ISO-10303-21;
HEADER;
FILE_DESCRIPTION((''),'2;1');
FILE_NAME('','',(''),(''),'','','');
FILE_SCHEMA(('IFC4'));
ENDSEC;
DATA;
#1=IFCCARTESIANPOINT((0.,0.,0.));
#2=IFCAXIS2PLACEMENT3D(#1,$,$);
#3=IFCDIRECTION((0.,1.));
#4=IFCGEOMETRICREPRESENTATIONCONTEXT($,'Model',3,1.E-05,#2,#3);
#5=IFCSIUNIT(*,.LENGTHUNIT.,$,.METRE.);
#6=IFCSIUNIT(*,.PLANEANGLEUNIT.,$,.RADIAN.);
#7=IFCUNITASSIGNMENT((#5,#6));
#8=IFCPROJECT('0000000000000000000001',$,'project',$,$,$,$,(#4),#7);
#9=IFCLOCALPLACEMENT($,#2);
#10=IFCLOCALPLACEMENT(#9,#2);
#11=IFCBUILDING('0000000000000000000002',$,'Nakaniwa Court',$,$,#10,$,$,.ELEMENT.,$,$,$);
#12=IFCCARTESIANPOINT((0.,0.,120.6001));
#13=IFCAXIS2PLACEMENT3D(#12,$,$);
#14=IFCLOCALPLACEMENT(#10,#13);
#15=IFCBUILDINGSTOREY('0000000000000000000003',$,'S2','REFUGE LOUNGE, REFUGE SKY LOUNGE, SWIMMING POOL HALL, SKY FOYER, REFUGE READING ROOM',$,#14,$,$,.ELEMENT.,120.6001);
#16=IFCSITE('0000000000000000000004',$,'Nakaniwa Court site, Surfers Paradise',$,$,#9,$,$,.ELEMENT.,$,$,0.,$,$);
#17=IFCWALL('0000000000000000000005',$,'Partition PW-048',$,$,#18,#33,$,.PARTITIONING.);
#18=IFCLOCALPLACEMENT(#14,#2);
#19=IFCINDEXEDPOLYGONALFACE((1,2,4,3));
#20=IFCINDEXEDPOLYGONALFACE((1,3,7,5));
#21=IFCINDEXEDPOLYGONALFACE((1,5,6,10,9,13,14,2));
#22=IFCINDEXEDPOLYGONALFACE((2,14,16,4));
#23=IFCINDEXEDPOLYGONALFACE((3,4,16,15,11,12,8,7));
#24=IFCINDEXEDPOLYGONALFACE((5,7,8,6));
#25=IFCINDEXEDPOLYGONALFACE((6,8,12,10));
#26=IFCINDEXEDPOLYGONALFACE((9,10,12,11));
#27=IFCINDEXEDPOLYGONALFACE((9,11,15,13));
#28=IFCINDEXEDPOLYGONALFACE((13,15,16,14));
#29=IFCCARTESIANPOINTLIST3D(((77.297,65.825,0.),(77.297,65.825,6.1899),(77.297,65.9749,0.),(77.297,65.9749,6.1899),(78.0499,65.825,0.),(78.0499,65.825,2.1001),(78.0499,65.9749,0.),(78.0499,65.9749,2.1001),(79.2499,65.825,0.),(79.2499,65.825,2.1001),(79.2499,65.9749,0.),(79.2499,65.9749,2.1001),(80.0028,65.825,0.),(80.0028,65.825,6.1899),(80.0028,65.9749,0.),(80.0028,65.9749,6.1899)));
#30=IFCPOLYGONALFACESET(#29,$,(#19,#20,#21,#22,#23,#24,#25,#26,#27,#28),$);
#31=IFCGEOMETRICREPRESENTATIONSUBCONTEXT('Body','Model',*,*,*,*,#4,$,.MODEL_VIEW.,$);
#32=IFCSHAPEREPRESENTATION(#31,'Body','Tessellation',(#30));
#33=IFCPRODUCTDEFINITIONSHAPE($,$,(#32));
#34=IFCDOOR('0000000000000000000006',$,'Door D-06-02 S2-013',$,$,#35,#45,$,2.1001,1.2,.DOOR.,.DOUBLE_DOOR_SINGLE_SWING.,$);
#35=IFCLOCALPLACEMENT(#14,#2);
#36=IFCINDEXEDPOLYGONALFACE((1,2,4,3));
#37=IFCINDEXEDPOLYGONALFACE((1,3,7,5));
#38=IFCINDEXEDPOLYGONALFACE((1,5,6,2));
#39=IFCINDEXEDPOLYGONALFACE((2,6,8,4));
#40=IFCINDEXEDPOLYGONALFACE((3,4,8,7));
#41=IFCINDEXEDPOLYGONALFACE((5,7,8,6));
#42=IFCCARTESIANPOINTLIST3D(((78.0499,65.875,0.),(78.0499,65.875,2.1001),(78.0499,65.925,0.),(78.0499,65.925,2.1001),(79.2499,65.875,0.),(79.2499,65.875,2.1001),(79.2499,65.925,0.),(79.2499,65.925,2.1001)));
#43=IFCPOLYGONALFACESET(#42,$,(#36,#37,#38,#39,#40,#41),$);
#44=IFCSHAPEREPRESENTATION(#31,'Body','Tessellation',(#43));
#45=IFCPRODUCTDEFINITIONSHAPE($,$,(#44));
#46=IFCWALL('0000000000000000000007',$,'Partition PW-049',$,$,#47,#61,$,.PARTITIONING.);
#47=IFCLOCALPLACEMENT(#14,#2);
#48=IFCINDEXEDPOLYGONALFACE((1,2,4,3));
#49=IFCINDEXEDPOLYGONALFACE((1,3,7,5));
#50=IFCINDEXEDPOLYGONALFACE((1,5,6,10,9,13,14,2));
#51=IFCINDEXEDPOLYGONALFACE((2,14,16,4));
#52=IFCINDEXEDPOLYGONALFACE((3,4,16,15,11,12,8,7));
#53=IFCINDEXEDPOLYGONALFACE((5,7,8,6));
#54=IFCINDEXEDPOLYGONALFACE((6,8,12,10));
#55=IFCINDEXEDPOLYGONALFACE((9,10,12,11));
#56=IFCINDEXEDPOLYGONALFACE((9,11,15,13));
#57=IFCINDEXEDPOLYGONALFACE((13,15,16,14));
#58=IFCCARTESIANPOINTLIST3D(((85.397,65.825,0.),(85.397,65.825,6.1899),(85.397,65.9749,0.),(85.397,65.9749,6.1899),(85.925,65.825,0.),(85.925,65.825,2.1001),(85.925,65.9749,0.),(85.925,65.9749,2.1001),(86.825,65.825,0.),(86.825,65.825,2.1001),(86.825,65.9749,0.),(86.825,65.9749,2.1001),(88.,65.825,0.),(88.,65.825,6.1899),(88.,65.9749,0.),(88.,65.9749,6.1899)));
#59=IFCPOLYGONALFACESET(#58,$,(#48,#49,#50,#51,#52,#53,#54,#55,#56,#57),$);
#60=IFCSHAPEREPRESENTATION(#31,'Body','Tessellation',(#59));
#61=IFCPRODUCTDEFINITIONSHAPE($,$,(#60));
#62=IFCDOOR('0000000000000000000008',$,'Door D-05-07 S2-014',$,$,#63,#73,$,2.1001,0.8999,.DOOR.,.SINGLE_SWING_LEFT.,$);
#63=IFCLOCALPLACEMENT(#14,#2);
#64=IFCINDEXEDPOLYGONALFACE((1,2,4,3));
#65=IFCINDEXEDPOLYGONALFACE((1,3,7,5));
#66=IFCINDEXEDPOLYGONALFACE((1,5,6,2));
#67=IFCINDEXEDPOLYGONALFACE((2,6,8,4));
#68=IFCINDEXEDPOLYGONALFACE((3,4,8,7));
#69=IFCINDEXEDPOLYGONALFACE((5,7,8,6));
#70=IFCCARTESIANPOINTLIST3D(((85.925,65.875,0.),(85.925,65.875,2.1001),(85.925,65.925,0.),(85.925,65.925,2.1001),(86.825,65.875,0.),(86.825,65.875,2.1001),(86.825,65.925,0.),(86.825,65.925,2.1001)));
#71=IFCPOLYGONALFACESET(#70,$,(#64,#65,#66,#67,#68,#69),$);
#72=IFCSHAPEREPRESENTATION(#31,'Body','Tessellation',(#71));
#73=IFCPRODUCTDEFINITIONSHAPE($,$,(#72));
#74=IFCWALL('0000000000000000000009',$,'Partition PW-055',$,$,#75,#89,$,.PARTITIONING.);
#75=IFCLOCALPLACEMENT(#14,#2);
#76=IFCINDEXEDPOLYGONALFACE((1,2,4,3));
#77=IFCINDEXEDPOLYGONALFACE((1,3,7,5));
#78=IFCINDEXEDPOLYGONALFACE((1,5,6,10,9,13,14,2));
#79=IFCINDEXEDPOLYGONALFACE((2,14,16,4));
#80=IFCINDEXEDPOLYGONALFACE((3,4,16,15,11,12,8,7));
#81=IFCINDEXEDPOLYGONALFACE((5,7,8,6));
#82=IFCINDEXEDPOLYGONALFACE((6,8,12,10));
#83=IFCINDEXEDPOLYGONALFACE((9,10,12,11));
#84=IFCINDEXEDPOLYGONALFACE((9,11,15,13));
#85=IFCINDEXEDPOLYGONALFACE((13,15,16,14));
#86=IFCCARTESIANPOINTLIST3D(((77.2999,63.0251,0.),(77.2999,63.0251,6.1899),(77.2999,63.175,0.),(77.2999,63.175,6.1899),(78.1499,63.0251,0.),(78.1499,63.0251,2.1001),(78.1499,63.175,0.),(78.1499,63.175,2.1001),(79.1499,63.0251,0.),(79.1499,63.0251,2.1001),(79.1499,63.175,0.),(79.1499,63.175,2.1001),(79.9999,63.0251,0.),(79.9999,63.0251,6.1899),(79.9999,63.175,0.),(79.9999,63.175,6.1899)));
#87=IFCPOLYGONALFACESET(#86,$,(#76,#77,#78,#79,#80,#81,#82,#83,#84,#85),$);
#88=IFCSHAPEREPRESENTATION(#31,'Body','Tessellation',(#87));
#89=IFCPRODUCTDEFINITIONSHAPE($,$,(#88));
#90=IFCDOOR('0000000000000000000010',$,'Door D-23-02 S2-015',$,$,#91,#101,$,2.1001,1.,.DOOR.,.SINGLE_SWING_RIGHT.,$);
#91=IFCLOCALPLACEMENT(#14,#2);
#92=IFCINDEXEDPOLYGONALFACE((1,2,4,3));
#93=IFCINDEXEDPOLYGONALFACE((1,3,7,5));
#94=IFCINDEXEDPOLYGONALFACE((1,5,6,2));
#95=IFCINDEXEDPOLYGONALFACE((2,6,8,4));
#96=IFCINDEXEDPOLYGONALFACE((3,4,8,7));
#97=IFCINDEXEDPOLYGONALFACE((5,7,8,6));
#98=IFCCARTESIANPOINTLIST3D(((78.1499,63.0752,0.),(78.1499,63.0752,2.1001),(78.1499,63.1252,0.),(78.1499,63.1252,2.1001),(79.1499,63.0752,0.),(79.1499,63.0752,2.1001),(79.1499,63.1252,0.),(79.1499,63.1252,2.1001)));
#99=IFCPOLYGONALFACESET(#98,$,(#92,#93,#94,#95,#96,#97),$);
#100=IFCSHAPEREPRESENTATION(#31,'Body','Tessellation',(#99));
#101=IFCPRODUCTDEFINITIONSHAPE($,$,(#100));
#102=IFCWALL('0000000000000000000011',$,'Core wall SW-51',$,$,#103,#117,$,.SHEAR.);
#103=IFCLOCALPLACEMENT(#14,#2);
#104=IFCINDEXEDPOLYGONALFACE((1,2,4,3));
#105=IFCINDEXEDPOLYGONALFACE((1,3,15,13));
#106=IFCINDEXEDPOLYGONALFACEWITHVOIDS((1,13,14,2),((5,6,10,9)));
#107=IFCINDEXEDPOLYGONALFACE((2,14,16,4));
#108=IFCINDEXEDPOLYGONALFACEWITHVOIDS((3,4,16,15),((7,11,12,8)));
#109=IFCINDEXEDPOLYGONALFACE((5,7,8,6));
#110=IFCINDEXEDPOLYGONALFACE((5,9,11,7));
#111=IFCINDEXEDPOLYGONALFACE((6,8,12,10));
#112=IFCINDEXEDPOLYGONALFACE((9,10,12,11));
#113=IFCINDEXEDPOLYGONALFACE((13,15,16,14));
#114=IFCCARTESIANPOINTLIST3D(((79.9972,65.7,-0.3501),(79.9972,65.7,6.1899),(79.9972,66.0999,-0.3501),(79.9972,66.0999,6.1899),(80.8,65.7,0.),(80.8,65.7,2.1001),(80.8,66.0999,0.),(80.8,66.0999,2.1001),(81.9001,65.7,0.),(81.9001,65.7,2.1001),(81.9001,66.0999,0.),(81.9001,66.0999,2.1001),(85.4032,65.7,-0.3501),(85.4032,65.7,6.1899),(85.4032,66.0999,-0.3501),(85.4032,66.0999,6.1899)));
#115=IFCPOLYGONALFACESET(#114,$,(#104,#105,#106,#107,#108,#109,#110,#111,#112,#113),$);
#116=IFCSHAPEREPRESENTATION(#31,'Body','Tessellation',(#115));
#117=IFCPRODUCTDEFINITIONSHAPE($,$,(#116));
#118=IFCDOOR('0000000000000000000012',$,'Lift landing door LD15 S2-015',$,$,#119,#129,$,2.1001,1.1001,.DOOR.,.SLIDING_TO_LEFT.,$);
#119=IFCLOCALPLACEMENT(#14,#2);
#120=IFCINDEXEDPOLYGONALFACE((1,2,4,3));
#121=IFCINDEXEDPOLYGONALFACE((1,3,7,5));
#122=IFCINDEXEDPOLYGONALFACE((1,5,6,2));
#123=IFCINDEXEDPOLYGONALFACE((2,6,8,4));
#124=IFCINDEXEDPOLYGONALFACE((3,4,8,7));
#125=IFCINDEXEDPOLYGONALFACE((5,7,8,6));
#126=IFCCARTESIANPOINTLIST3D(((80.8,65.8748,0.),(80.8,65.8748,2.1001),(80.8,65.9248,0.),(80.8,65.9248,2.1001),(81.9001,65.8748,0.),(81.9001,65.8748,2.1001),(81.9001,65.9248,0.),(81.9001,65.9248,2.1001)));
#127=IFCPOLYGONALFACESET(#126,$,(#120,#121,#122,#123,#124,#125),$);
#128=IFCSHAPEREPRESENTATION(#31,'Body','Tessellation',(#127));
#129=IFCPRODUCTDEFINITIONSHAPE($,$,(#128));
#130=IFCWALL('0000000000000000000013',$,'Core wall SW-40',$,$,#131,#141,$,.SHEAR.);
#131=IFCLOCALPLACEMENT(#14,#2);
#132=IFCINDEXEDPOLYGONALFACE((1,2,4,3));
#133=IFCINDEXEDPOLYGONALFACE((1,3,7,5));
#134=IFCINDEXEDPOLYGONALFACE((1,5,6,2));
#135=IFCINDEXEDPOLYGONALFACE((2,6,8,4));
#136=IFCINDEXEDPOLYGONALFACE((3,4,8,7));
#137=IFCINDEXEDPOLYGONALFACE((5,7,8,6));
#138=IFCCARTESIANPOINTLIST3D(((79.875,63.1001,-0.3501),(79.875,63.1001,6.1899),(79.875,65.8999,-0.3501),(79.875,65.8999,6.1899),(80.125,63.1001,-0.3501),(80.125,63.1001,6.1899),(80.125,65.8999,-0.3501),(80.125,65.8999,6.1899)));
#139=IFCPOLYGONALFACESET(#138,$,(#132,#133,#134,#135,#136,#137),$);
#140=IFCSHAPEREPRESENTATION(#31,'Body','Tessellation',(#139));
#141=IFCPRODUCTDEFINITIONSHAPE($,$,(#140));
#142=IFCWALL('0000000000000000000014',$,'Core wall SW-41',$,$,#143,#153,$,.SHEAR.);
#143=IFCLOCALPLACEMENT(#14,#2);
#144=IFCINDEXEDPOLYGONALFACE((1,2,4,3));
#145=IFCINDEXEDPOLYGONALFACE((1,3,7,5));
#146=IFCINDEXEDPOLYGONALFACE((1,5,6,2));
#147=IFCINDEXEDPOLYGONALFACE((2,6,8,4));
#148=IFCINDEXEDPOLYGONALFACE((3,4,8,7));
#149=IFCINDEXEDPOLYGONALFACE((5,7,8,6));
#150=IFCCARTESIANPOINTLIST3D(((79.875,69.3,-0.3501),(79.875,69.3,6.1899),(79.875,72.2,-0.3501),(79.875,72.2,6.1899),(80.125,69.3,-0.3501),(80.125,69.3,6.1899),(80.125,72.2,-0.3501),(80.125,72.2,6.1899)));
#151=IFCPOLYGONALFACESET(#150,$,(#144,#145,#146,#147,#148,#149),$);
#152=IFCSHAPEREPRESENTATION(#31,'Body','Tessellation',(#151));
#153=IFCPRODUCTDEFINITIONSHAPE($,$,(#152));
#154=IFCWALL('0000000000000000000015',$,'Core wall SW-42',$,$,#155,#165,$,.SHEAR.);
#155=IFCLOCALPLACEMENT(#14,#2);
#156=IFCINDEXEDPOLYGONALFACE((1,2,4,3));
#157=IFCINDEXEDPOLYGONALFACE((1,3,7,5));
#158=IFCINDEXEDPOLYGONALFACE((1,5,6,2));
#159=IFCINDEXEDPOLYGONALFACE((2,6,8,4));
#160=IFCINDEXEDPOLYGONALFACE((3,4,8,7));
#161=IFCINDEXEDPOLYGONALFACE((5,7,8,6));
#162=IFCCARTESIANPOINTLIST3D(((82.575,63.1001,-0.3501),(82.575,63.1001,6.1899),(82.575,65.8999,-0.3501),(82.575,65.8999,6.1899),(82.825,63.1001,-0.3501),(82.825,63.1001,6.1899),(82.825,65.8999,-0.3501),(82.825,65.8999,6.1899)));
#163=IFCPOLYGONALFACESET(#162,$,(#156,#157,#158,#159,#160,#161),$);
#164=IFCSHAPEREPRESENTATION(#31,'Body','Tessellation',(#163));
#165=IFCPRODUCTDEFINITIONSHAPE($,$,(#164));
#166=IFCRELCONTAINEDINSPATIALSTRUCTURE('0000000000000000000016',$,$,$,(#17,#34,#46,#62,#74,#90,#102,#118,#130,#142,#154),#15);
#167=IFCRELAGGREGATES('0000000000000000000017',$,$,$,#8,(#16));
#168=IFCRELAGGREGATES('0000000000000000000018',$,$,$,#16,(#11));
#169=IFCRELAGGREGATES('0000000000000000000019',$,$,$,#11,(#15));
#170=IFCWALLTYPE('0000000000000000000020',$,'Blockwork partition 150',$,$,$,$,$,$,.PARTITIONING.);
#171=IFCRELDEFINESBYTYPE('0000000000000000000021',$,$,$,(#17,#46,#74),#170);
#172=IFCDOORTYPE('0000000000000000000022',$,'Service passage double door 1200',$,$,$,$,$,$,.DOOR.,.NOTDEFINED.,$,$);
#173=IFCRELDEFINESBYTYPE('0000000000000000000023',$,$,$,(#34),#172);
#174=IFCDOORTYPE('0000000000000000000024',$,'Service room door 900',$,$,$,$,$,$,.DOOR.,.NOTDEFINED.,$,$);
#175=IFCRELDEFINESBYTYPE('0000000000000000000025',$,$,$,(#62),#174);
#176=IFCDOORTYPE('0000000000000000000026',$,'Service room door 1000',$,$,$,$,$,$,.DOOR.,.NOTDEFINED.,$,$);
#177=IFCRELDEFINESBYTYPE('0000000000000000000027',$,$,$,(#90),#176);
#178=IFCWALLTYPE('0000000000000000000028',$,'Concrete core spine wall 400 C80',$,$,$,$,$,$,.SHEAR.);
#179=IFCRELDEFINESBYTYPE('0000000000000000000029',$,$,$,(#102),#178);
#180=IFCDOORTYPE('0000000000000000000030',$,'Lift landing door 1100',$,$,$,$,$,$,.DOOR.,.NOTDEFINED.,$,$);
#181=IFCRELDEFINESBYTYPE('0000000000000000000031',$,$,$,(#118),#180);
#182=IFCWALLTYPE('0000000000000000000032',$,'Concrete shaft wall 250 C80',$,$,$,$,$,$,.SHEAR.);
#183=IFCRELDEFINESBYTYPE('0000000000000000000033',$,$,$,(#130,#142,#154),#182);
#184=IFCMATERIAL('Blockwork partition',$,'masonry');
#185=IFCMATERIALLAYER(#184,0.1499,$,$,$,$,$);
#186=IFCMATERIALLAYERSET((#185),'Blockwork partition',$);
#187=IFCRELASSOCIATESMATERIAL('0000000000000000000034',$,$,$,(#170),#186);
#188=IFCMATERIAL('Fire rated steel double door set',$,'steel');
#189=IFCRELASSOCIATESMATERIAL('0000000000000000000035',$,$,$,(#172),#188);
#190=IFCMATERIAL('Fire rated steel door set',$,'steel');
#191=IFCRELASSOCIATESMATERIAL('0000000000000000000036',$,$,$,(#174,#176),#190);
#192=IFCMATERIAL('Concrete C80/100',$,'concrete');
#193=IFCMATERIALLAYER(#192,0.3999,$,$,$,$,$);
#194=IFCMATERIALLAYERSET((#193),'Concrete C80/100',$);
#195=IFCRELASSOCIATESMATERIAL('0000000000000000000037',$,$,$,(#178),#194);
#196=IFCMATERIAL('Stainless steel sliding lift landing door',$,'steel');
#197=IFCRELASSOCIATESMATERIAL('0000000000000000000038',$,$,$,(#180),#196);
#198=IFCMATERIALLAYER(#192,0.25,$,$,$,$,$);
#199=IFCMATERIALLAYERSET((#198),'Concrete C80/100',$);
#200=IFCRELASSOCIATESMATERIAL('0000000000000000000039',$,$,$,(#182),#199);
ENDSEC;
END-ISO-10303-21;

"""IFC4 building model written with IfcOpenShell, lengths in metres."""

from ifc_helpers import new_model, si_unit, direction, frame, frame_2d, origin, place, context, subcontext, project, spatial, rectangle, extrude, material, layer, layer_set, type_object, element, fill, save


model = new_model("IFC4")

# Units and contexts
model_context = context("Model", 3, precision=1e-05, world=origin(), true_north=direction((0.0, 1.0)))
body_context = subcontext(model_context, "Body", "Model", "MODEL_VIEW")
ifc_project = project(units=[si_unit("LENGTHUNIT", "METRE"), si_unit("PLANEANGLEUNIT", "RADIAN")], contexts=[model_context])

# Site, building, storey
site_placement = place(None, origin())
site = spatial("IfcSite", under=ifc_project, at=site_placement, Name="Nakaniwa Court site, Surfers Paradise", CompositionType="ELEMENT", RefElevation=0.0)
building_placement = place(site_placement, origin())
building = spatial("IfcBuilding", under=site, at=building_placement, Name="Nakaniwa Court", CompositionType="ELEMENT")
storey_placement = place(building_placement, frame((0.0, 0.0, 120.6001)))
storey = spatial("IfcBuildingStorey", under=building, at=storey_placement, Name="S2", Description="REFUGE LOUNGE, REFUGE SKY LOUNGE, SWIMMING POOL HALL, SKY FOYER, REFUGE READING ROOM", CompositionType="ELEMENT", Elevation=120.6001)

# Shared definitions
ifc_material_1 = material(Name="Concrete C80/100", Category="concrete")

# Shared definitions
ifc_material_2 = material(Name="Fire rated steel door set", Category="steel")

# Walls, openings, doors
ifc_material_3 = material(Name="Blockwork partition", Category="masonry")
ifc_layer_1 = layer(ifc_material_3, 0.1499)
ifc_layer_set_1 = layer_set([ifc_layer_1], Name="Blockwork partition")
wall_type_1 = type_object("IfcWallType", Name="Blockwork partition 150", PredefinedType="PARTITIONING", material=ifc_layer_set_1)
wall_1_placement = place(storey_placement, frame((80.0029, 65.8999, 0.0), z_axis=(0.0, 0.0, 1.0), x_axis=(-1.0, 0.0, 0.0)))
wall_1 = element("IfcWall", 1, at=wall_1_placement, inside=storey, type_object=wall_type_1, Name="Partition PW-048", PredefinedType="PARTITIONING", context=body_context, shape_type="SweptSolid", body=[
    extrude(rectangle(XDim=2.7058, YDim=0.1499, at=frame_2d((1.353, 0.0))), origin(), (0.0, 0.0, 1.0), 6.1899),
])
opening_1_placement = place(wall_1_placement, frame((0.7529, 0.0, 0.0)))
opening_1 = element("IfcOpeningElement", 2, at=opening_1_placement, cuts=wall_1, PredefinedType="OPENING", context=body_context, shape_type="SweptSolid", body=[
    extrude(rectangle(XDim=1.2, YDim=2.1001, at=frame_2d((0.6001, 1.05))), frame((0.0, 0.085, 0.0), z_axis=(0.0, -1.0, 0.0), x_axis=(1.0, 0.0, 0.0)), (0.0, 0.0, 1.0), 0.1699),
])
ifc_material_4 = material(Name="Fire rated steel double door set", Category="steel")
door_type_1 = type_object("IfcDoorType", Name="Service passage double door 1200", OperationType="NOTDEFINED", PredefinedType="DOOR", material=ifc_material_4)
door_1_placement = place(opening_1_placement, origin())
door_1 = element("IfcDoor", 3, at=door_1_placement, inside=storey, type_object=door_type_1, Name="Door D-06-02 S2-013", OperationType="DOUBLE_DOOR_SINGLE_SWING", OverallHeight=2.1001, OverallWidth=1.2, PredefinedType="DOOR", context=body_context, shape_type="SweptSolid", body=[
    extrude(rectangle(XDim=1.2, YDim=2.1001, at=frame_2d((0.6001, 1.05))), frame((0.0, 0.0249, 0.0), z_axis=(0.0, -1.0, 0.0), x_axis=(1.0, 0.0, 0.0)), (0.0, 0.0, 1.0), 0.05),
])
fill(opening_1, door_1)
wall_2_placement = place(storey_placement, frame((88.0, 65.8999, 0.0), z_axis=(0.0, 0.0, 1.0), x_axis=(-1.0, 0.0, 0.0)))
wall_2 = element("IfcWall", 4, at=wall_2_placement, inside=storey, type_object=wall_type_1, Name="Partition PW-049", PredefinedType="PARTITIONING", context=body_context, shape_type="SweptSolid", body=[
    extrude(rectangle(XDim=2.603, YDim=0.1499, at=frame_2d((1.3015, 0.0))), origin(), (0.0, 0.0, 1.0), 6.1899),
])
opening_2_placement = place(wall_2_placement, frame((1.175, 0.0, 0.0)))
opening_2 = element("IfcOpeningElement", 5, at=opening_2_placement, cuts=wall_2, PredefinedType="OPENING", context=body_context, shape_type="SweptSolid", body=[
    extrude(rectangle(XDim=0.8999, YDim=2.1001, at=frame_2d((0.45, 1.05))), frame((0.0, 0.085, 0.0), z_axis=(0.0, -1.0, 0.0), x_axis=(1.0, 0.0, 0.0)), (0.0, 0.0, 1.0), 0.1699),
])
door_type_2 = type_object("IfcDoorType", Name="Service room door 900", OperationType="NOTDEFINED", PredefinedType="DOOR", material=ifc_material_2)
door_2_placement = place(opening_2_placement, origin())
door_2 = element("IfcDoor", 6, at=door_2_placement, inside=storey, type_object=door_type_2, Name="Door D-05-07 S2-014", OperationType="SINGLE_SWING_LEFT", OverallHeight=2.1001, OverallWidth=0.8999, PredefinedType="DOOR", context=body_context, shape_type="SweptSolid", body=[
    extrude(rectangle(XDim=0.8999, YDim=2.1001, at=frame_2d((0.45, 1.05))), frame((0.0, 0.0249, 0.0), z_axis=(0.0, -1.0, 0.0), x_axis=(1.0, 0.0, 0.0)), (0.0, 0.0, 1.0), 0.05),
])
fill(opening_2, door_2)
wall_3_placement = place(storey_placement, frame((80.0, 63.1001, 0.0), z_axis=(0.0, 0.0, 1.0), x_axis=(-1.0, 0.0, 0.0)))
wall_3 = element("IfcWall", 7, at=wall_3_placement, inside=storey, type_object=wall_type_1, Name="Partition PW-055", PredefinedType="PARTITIONING", context=body_context, shape_type="SweptSolid", body=[
    extrude(rectangle(XDim=2.7, YDim=0.1499, at=frame_2d((1.3501, 0.0))), origin(), (0.0, 0.0, 1.0), 6.1899),
])
opening_3_placement = place(wall_3_placement, frame((0.8501, 0.0, 0.0)))
opening_3 = element("IfcOpeningElement", 8, at=opening_3_placement, cuts=wall_3, PredefinedType="OPENING", context=body_context, shape_type="SweptSolid", body=[
    extrude(rectangle(XDim=1.0, YDim=2.1001, at=frame_2d((0.5, 1.05))), frame((0.0, 0.085, 0.0), z_axis=(0.0, -1.0, 0.0), x_axis=(1.0, 0.0, 0.0)), (0.0, 0.0, 1.0), 0.1699),
])
door_type_3 = type_object("IfcDoorType", Name="Service room door 1000", OperationType="NOTDEFINED", PredefinedType="DOOR", material=ifc_material_2)
door_3_placement = place(opening_3_placement, origin())
door_3 = element("IfcDoor", 9, at=door_3_placement, inside=storey, type_object=door_type_3, Name="Door D-23-02 S2-015", OperationType="SINGLE_SWING_RIGHT", OverallHeight=2.1001, OverallWidth=1.0, PredefinedType="DOOR", context=body_context, shape_type="SweptSolid", body=[
    extrude(rectangle(XDim=1.0, YDim=2.1001, at=frame_2d((0.5, 1.05))), frame((0.0, 0.0249, 0.0), z_axis=(0.0, -1.0, 0.0), x_axis=(1.0, 0.0, 0.0)), (0.0, 0.0, 1.0), 0.05),
])
fill(opening_3, door_3)
ifc_layer_2 = layer(ifc_material_1, 0.3999)
ifc_layer_set_2 = layer_set([ifc_layer_2], Name="Concrete C80/100")
wall_type_2 = type_object("IfcWallType", Name="Concrete core spine wall 400 C80", PredefinedType="SHEAR", material=ifc_layer_set_2)
wall_4_placement = place(storey_placement, frame((79.9971, 65.8999, -0.3501), z_axis=(0.0, 0.0, 1.0), x_axis=(1.0, 0.0, 0.0)))
wall_4 = element("IfcWall", 10, at=wall_4_placement, inside=storey, type_object=wall_type_2, Name="Core wall SW-51", PredefinedType="SHEAR", context=body_context, shape_type="SweptSolid", body=[
    extrude(rectangle(XDim=5.406, YDim=0.3999, at=frame_2d((2.7031, 0.0))), origin(), (0.0, 0.0, 1.0), 6.54),
])
opening_4_placement = place(wall_4_placement, frame((0.803, 0.0, 0.3501)))
opening_4 = element("IfcOpeningElement", 11, at=opening_4_placement, cuts=wall_4, PredefinedType="OPENING", context=body_context, shape_type="SweptSolid", body=[
    extrude(rectangle(XDim=1.1001, YDim=2.1001, at=frame_2d((0.55, 1.05))), frame((0.0, 0.21, 0.0), z_axis=(0.0, -1.0, 0.0), x_axis=(1.0, 0.0, 0.0)), (0.0, 0.0, 1.0), 0.4199),
])
ifc_material_5 = material(Name="Stainless steel sliding lift landing door", Category="steel")
door_type_4 = type_object("IfcDoorType", Name="Lift landing door 1100", OperationType="NOTDEFINED", PredefinedType="DOOR", material=ifc_material_5)
door_4_placement = place(opening_4_placement, origin())
door_4 = element("IfcDoor", 12, at=door_4_placement, inside=storey, type_object=door_type_4, Name="Lift landing door LD15 S2-015", OperationType="SLIDING_TO_LEFT", OverallHeight=2.1001, OverallWidth=1.1001, PredefinedType="DOOR", context=body_context, shape_type="SweptSolid", body=[
    extrude(rectangle(XDim=1.1001, YDim=2.1001, at=frame_2d((0.55, 1.05))), frame((0.0, 0.0249, 0.0), z_axis=(0.0, -1.0, 0.0), x_axis=(1.0, 0.0, 0.0)), (0.0, 0.0, 1.0), 0.05),
])
fill(opening_4, door_4)

# Walls
ifc_layer_3 = layer(ifc_material_1, 0.25)
ifc_layer_set_3 = layer_set([ifc_layer_3], Name="Concrete C80/100")
wall_type_3 = type_object("IfcWallType", Name="Concrete shaft wall 250 C80", PredefinedType="SHEAR", material=ifc_layer_set_3)
wall_5_placement = place(storey_placement, frame((80.0, 63.1001, -0.3501), z_axis=(0.0, 0.0, 1.0), x_axis=(0.0, 1.0, 0.0)))
element("IfcWall", 13, at=wall_5_placement, inside=storey, type_object=wall_type_3, Name="Core wall SW-40", PredefinedType="SHEAR", context=body_context, shape_type="SweptSolid", body=[
    extrude(rectangle(XDim=2.7998, YDim=0.25, at=frame_2d((1.3999, 0.0))), origin(), (0.0, 0.0, 1.0), 6.54),
])
wall_6_placement = place(storey_placement, frame((80.0, 69.3, -0.3501), z_axis=(0.0, 0.0, 1.0), x_axis=(0.0, 1.0, 0.0)))
element("IfcWall", 14, at=wall_6_placement, inside=storey, type_object=wall_type_3, Name="Core wall SW-41", PredefinedType="SHEAR", context=body_context, shape_type="SweptSolid", body=[
    extrude(rectangle(XDim=2.8999, YDim=0.25, at=frame_2d((1.45, 0.0))), origin(), (0.0, 0.0, 1.0), 6.54),
])
wall_7_placement = place(storey_placement, frame((82.7, 63.1001, -0.3501), z_axis=(0.0, 0.0, 1.0), x_axis=(0.0, 1.0, 0.0)))
element("IfcWall", 15, at=wall_7_placement, inside=storey, type_object=wall_type_3, Name="Core wall SW-42", PredefinedType="SHEAR", context=body_context, shape_type="SweptSolid", body=[
    extrude(rectangle(XDim=2.7998, YDim=0.25, at=frame_2d((1.3999, 0.0))), origin(), (0.0, 0.0, 1.0), 6.54),
])

save(model, "model.ifc")
